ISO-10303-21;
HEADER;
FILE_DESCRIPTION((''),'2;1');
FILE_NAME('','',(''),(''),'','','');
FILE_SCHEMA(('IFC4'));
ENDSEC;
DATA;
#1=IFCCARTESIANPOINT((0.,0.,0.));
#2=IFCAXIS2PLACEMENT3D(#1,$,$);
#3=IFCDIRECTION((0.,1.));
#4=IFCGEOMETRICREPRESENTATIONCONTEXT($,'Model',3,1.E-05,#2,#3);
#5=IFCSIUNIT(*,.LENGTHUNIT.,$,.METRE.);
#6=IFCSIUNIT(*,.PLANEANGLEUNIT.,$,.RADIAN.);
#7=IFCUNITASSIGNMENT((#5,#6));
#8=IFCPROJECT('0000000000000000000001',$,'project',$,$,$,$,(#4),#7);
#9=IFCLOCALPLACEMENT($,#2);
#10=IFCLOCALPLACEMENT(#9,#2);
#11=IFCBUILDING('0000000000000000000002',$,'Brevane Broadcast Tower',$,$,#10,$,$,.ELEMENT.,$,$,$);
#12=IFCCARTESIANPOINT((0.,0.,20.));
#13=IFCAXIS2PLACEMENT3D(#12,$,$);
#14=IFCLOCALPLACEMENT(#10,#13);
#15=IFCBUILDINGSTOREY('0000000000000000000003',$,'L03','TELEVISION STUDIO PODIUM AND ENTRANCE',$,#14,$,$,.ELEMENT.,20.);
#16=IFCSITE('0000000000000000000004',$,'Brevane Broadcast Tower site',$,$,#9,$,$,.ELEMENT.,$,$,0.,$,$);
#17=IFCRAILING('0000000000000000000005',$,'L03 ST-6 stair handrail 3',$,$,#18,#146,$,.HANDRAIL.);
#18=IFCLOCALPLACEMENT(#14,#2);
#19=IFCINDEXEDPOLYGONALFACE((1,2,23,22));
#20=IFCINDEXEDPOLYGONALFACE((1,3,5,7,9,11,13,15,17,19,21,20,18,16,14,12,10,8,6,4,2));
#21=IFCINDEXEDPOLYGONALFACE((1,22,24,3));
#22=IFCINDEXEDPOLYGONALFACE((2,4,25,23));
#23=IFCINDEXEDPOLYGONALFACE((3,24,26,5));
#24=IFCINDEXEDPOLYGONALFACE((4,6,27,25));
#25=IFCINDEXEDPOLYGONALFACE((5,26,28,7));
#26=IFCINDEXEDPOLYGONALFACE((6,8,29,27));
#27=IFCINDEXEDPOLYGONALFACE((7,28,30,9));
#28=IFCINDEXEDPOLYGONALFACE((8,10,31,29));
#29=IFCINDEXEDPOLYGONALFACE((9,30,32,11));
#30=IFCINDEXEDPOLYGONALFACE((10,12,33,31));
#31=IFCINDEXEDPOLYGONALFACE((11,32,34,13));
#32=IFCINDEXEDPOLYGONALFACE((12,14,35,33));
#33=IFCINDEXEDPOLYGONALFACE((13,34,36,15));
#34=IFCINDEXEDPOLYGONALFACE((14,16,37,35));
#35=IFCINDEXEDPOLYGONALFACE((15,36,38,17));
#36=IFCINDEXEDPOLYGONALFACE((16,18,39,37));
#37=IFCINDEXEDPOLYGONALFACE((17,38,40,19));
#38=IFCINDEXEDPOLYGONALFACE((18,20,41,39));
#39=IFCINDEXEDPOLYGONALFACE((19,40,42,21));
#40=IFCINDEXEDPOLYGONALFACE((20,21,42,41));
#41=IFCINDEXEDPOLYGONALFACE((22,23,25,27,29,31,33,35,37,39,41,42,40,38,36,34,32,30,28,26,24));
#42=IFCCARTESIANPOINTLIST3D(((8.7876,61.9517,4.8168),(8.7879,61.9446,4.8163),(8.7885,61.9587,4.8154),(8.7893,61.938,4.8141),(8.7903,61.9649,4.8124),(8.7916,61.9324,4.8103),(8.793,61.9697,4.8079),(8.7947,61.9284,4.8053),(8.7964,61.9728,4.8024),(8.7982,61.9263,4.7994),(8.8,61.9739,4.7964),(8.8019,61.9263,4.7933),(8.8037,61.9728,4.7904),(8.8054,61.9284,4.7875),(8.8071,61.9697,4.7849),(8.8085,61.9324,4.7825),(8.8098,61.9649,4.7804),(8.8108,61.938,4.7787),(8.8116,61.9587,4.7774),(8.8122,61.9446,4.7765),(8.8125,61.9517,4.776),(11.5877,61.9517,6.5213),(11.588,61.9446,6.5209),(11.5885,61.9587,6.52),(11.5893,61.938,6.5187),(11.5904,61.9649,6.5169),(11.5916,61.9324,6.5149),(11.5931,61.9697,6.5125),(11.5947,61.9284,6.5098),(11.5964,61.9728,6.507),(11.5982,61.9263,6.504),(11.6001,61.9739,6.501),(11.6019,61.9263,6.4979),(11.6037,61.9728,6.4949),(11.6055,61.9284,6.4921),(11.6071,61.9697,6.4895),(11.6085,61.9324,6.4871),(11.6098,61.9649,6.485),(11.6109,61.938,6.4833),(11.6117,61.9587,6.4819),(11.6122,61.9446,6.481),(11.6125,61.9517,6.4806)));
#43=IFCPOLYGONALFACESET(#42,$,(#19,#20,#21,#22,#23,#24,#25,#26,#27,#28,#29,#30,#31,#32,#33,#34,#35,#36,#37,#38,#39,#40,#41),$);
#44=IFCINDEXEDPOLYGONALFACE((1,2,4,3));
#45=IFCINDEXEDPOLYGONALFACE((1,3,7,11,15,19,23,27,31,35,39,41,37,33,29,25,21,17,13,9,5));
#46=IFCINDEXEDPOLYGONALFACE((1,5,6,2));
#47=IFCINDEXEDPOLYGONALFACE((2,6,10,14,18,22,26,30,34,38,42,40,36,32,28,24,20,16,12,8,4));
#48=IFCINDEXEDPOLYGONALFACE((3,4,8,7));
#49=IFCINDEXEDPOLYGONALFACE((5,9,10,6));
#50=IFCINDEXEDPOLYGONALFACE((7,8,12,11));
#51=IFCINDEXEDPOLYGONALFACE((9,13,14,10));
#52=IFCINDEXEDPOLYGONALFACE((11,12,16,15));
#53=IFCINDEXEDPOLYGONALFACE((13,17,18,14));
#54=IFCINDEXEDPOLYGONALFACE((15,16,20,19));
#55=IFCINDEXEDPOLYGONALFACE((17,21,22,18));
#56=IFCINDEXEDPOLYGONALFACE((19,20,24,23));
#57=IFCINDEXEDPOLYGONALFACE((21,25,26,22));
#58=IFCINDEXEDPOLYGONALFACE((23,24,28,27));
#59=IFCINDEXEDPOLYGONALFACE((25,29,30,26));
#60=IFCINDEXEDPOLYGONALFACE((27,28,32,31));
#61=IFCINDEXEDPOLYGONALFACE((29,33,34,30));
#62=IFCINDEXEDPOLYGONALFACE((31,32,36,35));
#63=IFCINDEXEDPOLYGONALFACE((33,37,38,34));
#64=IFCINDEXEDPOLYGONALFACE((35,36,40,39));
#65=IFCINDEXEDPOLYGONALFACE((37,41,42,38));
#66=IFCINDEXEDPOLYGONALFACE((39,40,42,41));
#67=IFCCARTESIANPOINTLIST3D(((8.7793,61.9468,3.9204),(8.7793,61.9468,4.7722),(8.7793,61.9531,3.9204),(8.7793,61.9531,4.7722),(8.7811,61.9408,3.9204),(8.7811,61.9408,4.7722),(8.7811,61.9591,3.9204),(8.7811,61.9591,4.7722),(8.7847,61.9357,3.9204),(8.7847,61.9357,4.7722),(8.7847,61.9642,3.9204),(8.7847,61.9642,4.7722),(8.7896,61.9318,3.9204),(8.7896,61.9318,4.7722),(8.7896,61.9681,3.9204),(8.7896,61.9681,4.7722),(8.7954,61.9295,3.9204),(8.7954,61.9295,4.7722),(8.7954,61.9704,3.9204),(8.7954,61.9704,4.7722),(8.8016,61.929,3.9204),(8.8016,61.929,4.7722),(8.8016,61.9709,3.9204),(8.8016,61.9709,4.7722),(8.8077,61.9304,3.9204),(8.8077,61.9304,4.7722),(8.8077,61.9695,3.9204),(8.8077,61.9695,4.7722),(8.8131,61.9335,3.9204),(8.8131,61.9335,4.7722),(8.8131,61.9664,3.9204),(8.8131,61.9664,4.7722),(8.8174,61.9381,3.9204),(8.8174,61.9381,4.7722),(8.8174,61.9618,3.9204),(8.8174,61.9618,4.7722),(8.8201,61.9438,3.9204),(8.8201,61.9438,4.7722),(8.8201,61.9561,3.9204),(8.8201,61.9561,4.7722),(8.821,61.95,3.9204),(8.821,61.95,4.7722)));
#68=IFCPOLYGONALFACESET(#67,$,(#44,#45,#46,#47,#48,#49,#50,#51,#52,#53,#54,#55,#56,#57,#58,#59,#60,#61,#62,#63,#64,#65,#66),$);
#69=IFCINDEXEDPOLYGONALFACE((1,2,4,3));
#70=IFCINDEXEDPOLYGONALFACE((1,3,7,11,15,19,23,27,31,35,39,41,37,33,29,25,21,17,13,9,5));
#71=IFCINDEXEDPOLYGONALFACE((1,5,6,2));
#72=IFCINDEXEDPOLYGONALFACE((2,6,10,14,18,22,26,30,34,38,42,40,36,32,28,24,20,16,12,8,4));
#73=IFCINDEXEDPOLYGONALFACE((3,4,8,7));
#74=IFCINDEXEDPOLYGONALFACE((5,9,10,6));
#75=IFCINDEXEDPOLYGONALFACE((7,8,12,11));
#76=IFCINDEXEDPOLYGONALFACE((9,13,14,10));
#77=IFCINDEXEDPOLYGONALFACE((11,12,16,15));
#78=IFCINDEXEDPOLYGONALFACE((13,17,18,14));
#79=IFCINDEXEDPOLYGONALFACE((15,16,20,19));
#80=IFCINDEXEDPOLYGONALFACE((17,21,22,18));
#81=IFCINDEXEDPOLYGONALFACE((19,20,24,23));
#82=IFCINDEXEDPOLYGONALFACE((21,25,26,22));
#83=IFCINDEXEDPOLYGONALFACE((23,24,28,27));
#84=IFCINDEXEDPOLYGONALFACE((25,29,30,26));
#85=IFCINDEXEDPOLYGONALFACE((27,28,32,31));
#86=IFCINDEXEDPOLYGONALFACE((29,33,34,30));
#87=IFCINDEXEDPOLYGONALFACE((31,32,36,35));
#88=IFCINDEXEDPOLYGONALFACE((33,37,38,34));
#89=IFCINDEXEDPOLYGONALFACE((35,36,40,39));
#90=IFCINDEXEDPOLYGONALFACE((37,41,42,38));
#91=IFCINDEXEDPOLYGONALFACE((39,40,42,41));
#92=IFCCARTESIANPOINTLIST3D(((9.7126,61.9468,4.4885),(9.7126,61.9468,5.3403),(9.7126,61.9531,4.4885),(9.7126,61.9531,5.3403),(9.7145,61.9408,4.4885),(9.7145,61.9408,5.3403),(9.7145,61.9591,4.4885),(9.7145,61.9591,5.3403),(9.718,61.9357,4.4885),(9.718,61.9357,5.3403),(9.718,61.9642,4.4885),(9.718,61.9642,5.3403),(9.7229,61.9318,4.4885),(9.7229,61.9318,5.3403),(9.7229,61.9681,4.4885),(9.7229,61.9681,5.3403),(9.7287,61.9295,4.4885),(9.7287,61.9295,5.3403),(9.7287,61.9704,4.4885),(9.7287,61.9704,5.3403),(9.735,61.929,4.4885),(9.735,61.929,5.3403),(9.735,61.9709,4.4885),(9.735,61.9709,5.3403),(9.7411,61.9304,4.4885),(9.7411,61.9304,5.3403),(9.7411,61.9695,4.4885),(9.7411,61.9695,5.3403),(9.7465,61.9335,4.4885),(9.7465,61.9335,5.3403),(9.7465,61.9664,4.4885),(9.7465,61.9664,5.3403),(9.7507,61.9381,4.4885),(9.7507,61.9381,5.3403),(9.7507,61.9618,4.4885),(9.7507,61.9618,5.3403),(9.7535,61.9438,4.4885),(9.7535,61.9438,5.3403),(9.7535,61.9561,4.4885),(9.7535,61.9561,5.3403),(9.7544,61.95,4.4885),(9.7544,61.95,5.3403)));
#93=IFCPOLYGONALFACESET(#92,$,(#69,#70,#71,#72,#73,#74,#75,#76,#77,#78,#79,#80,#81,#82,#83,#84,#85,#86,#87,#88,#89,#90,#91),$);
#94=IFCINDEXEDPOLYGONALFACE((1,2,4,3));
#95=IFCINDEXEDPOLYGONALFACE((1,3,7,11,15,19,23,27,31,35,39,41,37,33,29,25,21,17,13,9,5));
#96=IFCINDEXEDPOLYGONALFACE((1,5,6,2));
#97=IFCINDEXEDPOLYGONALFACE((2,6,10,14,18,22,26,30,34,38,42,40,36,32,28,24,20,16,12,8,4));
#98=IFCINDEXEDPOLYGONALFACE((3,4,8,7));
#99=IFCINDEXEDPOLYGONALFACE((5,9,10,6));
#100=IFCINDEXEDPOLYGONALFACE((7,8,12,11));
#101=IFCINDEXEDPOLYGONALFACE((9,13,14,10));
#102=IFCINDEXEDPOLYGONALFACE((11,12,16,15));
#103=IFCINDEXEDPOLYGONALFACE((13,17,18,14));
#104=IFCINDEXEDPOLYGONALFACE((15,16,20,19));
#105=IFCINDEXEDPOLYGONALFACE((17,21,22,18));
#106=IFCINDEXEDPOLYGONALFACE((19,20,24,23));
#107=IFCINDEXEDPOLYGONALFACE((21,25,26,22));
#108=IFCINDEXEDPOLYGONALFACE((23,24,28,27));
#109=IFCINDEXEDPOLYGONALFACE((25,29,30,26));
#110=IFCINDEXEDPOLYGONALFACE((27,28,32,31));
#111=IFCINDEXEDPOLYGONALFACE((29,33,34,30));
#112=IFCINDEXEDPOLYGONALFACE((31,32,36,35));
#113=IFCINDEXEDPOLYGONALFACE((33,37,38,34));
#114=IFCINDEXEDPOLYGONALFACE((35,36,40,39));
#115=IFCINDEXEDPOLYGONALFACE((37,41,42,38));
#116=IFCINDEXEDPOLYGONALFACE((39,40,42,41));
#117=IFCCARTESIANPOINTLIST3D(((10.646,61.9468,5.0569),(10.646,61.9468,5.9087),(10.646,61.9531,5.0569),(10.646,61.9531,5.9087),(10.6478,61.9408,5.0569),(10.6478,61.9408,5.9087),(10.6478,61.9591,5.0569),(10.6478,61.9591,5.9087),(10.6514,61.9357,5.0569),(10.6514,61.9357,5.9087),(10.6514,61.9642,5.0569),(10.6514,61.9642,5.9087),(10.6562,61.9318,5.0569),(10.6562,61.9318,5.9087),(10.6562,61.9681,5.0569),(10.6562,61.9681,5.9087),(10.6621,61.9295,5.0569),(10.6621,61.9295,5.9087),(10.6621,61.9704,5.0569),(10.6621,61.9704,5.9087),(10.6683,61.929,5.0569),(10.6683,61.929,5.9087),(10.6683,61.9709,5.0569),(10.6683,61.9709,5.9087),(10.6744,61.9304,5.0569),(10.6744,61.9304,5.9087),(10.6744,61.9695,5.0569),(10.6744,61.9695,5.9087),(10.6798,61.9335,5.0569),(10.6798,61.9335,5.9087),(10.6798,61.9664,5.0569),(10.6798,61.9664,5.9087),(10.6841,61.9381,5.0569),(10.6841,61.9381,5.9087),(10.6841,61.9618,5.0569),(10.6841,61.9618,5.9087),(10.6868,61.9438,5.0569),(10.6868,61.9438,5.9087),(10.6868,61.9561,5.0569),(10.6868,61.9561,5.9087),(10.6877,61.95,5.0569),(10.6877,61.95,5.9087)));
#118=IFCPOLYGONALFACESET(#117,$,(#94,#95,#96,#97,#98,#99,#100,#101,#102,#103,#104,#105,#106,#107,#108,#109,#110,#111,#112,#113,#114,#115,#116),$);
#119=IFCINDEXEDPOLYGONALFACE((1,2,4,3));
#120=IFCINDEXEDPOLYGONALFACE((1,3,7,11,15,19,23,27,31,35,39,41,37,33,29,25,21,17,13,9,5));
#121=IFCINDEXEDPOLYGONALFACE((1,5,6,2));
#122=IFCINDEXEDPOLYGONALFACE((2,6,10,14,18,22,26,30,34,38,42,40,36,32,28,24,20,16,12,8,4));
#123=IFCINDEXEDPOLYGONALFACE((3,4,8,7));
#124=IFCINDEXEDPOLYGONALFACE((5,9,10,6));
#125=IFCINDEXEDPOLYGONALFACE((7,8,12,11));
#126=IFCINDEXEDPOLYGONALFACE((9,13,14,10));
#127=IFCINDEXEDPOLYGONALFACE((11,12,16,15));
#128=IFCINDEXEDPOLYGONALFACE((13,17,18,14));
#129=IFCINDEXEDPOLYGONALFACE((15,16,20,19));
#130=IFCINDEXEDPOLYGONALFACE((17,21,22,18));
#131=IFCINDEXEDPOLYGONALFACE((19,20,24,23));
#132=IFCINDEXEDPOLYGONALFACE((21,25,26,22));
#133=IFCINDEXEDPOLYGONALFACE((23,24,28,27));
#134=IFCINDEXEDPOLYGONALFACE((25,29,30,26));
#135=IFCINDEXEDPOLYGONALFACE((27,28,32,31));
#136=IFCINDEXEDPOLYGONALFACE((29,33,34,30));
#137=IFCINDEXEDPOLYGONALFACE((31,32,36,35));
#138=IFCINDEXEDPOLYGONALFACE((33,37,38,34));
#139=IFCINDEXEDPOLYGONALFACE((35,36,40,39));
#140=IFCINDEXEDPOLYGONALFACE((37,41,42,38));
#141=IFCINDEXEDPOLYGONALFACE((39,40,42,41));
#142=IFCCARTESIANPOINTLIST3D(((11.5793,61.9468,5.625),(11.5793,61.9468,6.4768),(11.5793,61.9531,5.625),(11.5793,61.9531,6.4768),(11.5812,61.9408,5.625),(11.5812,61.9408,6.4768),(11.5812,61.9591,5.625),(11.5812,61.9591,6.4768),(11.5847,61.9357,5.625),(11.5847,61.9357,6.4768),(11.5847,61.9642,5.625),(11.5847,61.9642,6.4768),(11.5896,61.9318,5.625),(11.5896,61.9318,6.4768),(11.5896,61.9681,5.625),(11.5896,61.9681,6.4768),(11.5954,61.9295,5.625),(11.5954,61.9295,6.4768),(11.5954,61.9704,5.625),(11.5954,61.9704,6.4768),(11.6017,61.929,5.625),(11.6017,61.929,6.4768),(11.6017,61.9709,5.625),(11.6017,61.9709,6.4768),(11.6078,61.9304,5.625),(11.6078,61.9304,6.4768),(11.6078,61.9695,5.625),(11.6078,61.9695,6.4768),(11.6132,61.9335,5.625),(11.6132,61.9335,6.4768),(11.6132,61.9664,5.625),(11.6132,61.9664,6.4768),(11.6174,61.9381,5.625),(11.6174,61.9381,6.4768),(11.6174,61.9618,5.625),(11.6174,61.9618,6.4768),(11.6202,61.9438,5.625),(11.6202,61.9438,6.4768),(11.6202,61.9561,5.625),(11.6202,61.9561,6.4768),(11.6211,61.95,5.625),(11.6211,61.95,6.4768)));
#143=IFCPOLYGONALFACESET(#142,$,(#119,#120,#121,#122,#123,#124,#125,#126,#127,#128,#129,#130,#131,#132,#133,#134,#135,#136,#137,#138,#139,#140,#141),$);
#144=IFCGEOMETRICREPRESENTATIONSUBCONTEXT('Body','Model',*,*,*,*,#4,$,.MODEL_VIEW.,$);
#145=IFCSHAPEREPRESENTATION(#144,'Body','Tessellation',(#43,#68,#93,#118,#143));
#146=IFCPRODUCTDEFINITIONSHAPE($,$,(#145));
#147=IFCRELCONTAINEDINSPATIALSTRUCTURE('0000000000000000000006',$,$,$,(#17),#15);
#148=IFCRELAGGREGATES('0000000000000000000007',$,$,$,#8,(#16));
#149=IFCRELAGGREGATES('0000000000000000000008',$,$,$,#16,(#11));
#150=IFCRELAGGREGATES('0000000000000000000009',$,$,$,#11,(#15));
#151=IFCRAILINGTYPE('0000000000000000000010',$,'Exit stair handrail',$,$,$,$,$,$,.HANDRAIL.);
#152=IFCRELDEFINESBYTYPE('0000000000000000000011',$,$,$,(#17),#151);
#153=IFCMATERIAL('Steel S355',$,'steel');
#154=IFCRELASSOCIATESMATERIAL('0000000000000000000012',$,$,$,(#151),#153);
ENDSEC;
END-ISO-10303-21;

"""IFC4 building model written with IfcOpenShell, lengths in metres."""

from ifc_helpers import new_model, si_unit, direction, frame, origin, origin_2d, place, context, subcontext, project, spatial, circle, extrude, material, type_object, element, save


model = new_model("IFC4")

# Units and contexts
model_context = context("Model", 3, precision=1e-05, world=origin(), true_north=direction((0.0, 1.0)))
body_context = subcontext(model_context, "Body", "Model", "MODEL_VIEW")
ifc_project = project(units=[si_unit("LENGTHUNIT", "METRE"), si_unit("PLANEANGLEUNIT", "RADIAN")], contexts=[model_context])

# Site, building, storey
site_placement = place(None, origin())
site = spatial("IfcSite", under=ifc_project, at=site_placement, Name="Brevane Broadcast Tower site", CompositionType="ELEMENT", RefElevation=0.0)
building_placement = place(site_placement, origin())
building = spatial("IfcBuilding", under=site, at=building_placement, Name="Brevane Broadcast Tower", CompositionType="ELEMENT")
storey_placement = place(building_placement, frame((0.0, 0.0, 20.0)))
storey = spatial("IfcBuildingStorey", under=building, at=storey_placement, Name="L03", Description="TELEVISION STUDIO PODIUM AND ENTRANCE", CompositionType="ELEMENT", Elevation=20.0)

# Railing
ifc_material_1 = material(Name="Steel S355", Category="steel")
railing_type = type_object("IfcRailingType", Name="Exit stair handrail", PredefinedType="HANDRAIL", material=ifc_material_1)
for number, where, name in (
    (1, (8.8, 61.95, 3.9204), "L03 ST-6 stair handrail 3"),
):
    element("IfcRailing", number, at=place(storey_placement, frame(where)), inside=storey, type_object=railing_type, Name=name, PredefinedType="HANDRAIL", context=body_context, shape_type="SweptSolid", body=[
        extrude(circle(Radius=0.0239, at=origin_2d()), frame((0.0, 0.0, 0.876), z_axis=(0.85417, 0.0, 0.519994), x_axis=(0.0, 1.0, 0.0)), (0.0, 0.0, 1.0), 3.2781),
        extrude(circle(Radius=0.021, at=origin_2d()), origin(), (0.0, 0.0, 1.0), 0.8518),
        extrude(circle(Radius=0.021, at=origin_2d()), frame((0.9333, 0.0, 0.5681)), (0.0, 0.0, 1.0), 0.8518),
        extrude(circle(Radius=0.021, at=origin_2d()), frame((1.8667, 0.0, 1.1365)), (0.0, 0.0, 1.0), 0.8518),
        extrude(circle(Radius=0.021, at=origin_2d()), frame((2.8, 0.0, 1.7046)), (0.0, 0.0, 1.0), 0.8518),
    ])

save(model, "model.ifc")
